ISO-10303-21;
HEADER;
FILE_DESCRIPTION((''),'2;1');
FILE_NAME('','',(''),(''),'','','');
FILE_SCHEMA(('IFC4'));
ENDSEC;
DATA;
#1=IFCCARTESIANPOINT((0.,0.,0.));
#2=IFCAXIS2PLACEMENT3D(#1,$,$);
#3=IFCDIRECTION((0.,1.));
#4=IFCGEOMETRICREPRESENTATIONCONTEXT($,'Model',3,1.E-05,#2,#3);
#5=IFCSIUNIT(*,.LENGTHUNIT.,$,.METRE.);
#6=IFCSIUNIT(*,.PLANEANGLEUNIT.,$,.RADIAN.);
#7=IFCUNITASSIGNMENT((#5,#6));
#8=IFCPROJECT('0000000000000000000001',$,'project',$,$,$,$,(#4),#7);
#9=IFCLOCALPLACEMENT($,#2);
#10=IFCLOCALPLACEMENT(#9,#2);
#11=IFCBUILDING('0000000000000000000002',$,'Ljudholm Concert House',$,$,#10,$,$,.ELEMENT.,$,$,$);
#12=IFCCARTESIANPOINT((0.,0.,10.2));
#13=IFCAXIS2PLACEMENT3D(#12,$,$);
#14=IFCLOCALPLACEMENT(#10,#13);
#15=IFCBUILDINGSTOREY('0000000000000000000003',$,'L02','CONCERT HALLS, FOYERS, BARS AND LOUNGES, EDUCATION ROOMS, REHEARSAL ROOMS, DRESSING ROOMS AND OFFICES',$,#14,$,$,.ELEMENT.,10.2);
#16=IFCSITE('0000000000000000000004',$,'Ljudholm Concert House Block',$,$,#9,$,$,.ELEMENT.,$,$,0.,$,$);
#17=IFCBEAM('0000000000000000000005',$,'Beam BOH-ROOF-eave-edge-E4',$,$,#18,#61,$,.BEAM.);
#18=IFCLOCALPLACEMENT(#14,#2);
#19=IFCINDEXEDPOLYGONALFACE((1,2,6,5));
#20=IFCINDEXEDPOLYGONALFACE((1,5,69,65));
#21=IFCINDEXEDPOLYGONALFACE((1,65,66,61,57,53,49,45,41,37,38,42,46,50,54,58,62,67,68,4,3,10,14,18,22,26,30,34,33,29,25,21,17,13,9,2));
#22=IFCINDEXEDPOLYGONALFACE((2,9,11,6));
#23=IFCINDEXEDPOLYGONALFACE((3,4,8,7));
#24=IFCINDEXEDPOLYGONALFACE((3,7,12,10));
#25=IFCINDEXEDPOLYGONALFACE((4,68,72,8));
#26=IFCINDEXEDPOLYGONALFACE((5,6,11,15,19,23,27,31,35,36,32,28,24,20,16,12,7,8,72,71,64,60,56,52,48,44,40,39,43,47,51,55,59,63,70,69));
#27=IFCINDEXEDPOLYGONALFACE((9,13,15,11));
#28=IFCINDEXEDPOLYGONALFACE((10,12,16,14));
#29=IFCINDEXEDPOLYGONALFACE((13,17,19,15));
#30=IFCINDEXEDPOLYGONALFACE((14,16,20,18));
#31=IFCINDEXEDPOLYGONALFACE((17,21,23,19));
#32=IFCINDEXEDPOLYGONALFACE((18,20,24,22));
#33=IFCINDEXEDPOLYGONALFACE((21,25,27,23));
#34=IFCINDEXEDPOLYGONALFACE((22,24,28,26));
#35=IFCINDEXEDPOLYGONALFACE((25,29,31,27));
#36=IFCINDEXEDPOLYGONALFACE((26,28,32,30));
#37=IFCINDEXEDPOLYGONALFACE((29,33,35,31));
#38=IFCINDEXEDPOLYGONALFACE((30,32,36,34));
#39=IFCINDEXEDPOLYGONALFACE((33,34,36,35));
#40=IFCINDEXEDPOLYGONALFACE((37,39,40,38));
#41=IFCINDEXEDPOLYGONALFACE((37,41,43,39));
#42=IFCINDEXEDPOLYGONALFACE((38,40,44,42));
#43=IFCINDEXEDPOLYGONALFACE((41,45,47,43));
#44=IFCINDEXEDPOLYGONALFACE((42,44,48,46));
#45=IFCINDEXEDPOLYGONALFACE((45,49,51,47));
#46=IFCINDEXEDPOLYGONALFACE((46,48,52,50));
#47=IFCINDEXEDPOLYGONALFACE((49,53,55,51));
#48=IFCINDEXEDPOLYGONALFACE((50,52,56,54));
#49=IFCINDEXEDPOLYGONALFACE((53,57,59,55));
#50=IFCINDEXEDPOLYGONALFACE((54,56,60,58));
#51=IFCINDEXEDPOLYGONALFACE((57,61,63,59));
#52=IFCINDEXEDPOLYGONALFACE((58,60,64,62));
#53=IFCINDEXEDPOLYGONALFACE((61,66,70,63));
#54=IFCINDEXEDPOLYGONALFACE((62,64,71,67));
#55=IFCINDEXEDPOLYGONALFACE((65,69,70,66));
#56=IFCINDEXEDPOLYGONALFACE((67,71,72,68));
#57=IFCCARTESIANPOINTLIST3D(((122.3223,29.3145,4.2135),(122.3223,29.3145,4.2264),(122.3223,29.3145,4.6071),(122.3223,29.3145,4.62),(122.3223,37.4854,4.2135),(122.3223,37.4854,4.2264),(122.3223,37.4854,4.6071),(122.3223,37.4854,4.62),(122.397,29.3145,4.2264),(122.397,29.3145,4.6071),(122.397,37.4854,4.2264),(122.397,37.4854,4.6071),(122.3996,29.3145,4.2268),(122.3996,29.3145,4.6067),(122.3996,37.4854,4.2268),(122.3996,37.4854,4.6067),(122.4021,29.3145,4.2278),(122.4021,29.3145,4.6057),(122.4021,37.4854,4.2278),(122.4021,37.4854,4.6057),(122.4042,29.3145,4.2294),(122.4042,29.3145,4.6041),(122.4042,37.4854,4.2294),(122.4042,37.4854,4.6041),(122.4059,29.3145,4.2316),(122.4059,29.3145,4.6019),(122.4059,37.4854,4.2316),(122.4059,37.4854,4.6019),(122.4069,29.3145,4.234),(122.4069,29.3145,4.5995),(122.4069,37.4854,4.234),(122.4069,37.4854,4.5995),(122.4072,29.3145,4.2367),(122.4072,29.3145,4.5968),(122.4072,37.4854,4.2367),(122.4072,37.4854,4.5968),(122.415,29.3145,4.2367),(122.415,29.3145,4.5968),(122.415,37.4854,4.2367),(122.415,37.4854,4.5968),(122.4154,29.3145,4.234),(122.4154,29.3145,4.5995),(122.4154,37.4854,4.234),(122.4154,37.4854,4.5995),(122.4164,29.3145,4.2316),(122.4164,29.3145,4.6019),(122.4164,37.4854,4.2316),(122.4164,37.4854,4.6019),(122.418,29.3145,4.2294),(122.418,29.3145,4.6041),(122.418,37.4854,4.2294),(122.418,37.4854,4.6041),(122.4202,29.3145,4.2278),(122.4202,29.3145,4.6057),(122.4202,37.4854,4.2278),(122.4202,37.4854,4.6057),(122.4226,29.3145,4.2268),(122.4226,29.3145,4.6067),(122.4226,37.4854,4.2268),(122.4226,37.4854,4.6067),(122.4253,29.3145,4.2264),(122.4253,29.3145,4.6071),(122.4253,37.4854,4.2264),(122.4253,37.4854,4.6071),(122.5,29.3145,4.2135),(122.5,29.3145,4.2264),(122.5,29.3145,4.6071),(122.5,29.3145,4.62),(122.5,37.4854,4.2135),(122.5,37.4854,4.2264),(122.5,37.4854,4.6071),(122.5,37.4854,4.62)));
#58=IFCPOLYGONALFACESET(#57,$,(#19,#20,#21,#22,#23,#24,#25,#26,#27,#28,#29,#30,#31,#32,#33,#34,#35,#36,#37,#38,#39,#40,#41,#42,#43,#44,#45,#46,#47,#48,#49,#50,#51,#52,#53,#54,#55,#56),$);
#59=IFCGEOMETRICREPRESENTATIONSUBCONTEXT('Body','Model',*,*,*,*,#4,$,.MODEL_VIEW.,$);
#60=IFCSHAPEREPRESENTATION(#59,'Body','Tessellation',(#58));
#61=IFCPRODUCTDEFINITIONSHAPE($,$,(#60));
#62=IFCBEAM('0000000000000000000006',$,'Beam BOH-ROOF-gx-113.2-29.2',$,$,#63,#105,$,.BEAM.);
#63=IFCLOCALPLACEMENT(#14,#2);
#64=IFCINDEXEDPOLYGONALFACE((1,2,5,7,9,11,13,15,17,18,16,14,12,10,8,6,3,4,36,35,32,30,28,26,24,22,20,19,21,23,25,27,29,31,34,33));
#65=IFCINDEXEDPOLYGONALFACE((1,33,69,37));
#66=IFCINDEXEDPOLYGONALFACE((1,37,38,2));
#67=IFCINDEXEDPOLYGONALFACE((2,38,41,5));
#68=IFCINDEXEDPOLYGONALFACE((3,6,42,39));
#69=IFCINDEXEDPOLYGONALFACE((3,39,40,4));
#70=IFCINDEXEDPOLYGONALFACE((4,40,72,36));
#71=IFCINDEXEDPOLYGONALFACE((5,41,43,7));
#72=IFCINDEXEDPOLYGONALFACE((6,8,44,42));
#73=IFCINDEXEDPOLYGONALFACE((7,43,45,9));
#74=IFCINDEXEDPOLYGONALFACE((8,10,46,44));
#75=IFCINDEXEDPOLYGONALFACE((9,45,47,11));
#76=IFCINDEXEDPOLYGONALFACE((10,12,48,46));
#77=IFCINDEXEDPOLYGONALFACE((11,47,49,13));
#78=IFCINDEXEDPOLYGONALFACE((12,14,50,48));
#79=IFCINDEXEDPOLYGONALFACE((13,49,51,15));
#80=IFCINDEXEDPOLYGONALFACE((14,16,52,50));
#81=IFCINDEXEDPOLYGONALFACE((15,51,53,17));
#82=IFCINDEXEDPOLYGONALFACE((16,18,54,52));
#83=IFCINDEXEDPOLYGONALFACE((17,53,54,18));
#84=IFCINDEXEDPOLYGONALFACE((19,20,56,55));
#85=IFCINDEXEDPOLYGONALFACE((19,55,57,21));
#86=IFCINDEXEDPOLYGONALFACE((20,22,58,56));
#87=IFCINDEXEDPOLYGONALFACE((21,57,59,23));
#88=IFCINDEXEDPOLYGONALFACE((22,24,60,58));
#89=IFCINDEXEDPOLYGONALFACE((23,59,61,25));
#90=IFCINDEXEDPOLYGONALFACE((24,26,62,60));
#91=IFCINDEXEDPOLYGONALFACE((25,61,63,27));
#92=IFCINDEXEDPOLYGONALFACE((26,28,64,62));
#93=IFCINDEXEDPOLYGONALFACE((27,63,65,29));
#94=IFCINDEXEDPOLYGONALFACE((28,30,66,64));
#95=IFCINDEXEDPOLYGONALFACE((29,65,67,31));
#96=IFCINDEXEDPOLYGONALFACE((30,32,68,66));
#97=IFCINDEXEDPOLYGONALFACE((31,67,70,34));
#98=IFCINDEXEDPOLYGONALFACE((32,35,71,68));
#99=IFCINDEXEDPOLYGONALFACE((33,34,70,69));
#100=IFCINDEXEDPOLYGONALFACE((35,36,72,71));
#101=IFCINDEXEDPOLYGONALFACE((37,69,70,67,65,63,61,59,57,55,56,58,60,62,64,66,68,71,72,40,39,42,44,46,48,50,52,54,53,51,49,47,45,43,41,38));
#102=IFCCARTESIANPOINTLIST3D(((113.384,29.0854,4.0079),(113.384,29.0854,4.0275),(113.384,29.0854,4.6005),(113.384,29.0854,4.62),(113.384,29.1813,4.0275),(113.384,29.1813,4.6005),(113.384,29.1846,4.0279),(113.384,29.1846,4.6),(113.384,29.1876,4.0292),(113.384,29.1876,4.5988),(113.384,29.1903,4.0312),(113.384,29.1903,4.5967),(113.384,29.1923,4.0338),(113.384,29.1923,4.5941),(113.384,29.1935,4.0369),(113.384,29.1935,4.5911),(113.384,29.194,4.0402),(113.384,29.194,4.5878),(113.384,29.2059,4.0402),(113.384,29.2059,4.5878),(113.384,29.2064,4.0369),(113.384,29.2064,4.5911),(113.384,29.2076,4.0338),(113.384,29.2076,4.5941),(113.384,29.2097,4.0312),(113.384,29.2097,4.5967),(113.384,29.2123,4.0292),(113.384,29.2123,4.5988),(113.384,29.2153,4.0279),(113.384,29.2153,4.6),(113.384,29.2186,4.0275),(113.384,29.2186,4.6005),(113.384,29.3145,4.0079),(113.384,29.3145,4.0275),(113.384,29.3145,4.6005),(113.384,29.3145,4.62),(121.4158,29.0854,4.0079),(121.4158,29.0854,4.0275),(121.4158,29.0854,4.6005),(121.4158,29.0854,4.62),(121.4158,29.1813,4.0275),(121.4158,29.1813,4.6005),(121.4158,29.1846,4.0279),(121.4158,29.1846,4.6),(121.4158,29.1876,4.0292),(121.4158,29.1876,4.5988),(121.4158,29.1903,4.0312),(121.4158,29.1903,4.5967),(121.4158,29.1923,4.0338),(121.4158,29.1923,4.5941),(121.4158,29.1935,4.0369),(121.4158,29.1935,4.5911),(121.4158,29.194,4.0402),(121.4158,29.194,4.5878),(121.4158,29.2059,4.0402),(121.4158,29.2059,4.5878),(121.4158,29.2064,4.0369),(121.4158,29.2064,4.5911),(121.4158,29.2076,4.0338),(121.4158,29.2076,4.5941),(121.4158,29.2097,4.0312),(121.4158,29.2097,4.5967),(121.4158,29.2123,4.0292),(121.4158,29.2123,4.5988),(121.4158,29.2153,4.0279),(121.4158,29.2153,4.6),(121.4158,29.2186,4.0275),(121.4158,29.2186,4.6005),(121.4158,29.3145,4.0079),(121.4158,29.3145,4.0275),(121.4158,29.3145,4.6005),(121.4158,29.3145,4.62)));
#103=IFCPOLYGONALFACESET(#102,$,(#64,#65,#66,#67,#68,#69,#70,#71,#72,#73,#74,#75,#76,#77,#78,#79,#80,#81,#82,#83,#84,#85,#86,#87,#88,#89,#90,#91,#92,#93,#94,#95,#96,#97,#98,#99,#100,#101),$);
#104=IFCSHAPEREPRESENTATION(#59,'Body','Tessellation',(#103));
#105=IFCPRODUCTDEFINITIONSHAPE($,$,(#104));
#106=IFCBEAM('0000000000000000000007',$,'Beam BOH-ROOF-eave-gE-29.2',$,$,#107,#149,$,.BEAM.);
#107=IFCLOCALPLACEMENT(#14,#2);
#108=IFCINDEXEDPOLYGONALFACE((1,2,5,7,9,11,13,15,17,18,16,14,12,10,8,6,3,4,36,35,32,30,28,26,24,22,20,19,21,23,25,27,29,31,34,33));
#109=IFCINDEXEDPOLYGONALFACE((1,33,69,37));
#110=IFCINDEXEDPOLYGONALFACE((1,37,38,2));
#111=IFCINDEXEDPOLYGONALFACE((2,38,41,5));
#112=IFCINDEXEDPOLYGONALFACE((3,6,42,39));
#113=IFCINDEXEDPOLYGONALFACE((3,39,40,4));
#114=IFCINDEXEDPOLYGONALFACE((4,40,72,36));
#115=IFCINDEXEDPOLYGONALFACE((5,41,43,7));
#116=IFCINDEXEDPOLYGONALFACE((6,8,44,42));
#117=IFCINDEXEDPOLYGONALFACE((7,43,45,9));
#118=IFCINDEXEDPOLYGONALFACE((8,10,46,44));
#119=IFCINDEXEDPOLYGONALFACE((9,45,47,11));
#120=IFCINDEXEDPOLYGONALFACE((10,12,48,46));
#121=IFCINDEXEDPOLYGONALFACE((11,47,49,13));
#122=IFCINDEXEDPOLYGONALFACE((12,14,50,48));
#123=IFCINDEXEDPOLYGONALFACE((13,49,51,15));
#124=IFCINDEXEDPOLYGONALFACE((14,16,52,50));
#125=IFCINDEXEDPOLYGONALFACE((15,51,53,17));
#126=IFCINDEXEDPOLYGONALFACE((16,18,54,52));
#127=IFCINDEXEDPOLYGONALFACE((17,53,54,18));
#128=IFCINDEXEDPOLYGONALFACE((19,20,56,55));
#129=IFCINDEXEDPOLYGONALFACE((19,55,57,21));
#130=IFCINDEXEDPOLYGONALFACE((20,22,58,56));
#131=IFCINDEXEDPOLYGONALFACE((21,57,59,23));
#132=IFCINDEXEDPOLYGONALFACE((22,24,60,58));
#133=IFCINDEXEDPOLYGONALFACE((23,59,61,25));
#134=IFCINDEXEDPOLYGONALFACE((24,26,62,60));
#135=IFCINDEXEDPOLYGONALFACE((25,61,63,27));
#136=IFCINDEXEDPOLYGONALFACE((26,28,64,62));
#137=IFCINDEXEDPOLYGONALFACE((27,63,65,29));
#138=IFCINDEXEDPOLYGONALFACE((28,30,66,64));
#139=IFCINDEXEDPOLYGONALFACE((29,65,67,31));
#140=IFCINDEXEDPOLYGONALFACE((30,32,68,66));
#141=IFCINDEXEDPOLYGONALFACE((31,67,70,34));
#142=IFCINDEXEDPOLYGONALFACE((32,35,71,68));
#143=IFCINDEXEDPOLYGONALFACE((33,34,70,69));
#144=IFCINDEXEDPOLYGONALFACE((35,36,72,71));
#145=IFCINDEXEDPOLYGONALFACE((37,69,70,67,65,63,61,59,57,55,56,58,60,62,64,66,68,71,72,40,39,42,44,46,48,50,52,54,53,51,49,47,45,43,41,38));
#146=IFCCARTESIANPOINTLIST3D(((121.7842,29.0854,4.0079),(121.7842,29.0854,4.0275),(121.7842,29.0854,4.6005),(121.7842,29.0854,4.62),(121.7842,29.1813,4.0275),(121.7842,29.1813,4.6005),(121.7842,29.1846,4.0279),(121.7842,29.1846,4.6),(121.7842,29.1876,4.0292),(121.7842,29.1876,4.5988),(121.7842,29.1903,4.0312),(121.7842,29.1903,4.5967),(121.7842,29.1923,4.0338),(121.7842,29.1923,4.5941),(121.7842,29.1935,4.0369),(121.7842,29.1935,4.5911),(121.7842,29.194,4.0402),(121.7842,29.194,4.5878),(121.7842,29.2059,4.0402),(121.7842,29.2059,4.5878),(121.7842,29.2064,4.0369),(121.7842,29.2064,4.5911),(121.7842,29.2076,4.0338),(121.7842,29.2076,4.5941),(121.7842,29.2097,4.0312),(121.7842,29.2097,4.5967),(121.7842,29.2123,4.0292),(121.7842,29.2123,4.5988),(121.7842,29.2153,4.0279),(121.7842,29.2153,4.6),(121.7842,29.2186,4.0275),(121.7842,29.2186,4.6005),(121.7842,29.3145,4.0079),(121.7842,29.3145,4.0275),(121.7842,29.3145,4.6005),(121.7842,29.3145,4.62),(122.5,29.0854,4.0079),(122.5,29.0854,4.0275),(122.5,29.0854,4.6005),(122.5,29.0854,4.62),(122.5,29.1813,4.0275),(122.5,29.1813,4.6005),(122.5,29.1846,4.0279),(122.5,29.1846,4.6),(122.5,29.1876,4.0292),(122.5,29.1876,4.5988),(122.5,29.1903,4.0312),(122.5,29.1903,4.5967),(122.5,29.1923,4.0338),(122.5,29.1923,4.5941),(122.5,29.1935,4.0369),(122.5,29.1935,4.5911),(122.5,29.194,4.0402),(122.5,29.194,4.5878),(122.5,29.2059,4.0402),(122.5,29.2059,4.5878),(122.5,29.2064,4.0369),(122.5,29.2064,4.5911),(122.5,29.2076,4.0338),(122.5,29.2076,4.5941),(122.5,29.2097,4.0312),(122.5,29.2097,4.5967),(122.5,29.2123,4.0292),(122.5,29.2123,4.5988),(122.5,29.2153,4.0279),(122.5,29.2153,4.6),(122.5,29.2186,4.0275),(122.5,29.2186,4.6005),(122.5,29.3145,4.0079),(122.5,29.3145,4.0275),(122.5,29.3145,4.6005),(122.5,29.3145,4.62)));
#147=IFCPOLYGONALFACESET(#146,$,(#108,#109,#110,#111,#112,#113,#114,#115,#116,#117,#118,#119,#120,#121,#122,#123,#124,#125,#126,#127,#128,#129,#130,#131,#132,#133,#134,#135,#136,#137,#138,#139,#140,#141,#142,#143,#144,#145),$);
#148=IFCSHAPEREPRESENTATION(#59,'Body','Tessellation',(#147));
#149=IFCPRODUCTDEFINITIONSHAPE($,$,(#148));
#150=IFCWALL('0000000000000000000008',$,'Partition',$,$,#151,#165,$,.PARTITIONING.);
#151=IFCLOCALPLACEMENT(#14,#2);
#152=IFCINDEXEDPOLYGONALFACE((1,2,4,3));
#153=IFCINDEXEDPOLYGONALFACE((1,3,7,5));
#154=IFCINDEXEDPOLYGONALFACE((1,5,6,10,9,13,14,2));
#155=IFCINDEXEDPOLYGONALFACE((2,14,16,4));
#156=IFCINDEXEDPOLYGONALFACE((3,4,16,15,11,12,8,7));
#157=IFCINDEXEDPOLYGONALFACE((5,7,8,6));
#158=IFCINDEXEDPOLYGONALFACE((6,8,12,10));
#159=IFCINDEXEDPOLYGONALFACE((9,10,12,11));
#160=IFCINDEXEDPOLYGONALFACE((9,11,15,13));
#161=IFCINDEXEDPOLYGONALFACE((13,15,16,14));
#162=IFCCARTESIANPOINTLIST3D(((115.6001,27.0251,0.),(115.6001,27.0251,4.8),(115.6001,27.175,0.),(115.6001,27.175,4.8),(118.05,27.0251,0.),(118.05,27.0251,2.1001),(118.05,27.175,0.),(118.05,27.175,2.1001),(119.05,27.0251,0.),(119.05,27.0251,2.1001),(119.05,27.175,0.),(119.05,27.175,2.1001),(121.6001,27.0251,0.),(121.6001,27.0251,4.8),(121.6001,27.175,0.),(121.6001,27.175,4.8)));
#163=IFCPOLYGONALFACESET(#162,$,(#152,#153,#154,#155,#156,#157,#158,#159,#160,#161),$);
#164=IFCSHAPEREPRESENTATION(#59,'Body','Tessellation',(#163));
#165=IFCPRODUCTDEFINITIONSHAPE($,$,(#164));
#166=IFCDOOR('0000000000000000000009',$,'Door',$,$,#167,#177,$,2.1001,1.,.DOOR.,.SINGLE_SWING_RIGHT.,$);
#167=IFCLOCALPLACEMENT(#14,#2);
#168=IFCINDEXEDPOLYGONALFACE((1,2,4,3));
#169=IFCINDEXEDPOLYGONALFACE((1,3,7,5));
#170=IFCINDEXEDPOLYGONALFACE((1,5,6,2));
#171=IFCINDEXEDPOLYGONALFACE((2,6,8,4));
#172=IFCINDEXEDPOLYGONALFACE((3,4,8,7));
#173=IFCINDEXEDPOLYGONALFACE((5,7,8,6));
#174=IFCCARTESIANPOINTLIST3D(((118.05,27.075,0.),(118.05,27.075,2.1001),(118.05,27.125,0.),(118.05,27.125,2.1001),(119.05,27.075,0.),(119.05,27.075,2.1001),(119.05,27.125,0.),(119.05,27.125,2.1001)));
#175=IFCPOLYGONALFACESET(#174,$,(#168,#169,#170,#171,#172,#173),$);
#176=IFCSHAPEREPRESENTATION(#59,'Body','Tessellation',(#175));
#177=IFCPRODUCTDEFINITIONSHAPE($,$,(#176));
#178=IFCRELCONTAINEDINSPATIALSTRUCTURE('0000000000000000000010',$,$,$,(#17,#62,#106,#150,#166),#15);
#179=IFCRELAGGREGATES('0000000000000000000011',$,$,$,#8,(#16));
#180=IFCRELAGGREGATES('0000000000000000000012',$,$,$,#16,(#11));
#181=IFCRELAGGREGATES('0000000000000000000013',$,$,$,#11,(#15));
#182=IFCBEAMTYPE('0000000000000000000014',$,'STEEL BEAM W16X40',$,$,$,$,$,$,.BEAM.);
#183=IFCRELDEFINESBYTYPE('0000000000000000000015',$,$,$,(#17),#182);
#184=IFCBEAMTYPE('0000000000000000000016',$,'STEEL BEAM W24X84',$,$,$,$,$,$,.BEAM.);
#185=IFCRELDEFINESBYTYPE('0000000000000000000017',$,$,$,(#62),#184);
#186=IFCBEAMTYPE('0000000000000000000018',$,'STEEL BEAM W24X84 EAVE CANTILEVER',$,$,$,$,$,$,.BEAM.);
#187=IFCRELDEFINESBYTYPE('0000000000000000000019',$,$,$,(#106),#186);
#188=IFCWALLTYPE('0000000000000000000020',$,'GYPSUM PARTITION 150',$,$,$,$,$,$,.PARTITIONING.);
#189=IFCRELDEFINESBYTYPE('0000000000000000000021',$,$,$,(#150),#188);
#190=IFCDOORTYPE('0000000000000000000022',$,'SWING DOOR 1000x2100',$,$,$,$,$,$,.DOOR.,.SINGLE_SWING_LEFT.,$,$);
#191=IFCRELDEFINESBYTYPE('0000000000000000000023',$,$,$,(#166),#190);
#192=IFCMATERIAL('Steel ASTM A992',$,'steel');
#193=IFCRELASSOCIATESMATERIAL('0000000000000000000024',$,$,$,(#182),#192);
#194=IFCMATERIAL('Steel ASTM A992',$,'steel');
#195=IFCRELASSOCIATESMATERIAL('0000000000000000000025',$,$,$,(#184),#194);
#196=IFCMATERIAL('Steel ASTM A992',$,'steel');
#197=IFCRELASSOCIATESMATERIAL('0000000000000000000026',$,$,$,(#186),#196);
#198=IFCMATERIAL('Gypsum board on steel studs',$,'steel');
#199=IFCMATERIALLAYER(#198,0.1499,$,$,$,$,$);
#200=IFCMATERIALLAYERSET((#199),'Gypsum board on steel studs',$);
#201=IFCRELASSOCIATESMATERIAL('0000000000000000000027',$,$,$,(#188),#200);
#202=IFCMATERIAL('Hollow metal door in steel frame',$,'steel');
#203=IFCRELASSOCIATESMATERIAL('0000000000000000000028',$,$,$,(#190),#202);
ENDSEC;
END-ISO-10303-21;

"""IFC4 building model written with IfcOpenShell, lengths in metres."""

from ifc_helpers import new_model, si_unit, direction, frame, frame_2d, origin, origin_2d, place, context, subcontext, project, spatial, rectangle, i_section, extrude, material, layer, layer_set, material_profile, profile_set, type_object, element, fill, save


model = new_model("IFC4")

# Units and contexts
model_context = context("Model", 3, precision=1e-05, world=origin(), true_north=direction((0.0, 1.0)))
body_context = subcontext(model_context, "Body", "Model", "MODEL_VIEW")
ifc_project = project(units=[si_unit("LENGTHUNIT", "METRE"), si_unit("PLANEANGLEUNIT", "RADIAN")], contexts=[model_context])

# Site, building, storey
site_placement = place(None, origin())
site = spatial("IfcSite", under=ifc_project, at=site_placement, Name="Ljudholm Concert House Block", CompositionType="ELEMENT", RefElevation=0.0)
building_placement = place(site_placement, origin())
building = spatial("IfcBuilding", under=site, at=building_placement, Name="Ljudholm Concert House", CompositionType="ELEMENT")
storey_placement = place(building_placement, frame((0.0, 0.0, 10.2)))
storey = spatial("IfcBuildingStorey", under=building, at=storey_placement, Name="L02", Description="CONCERT HALLS, FOYERS, BARS AND LOUNGES, EDUCATION ROOMS, REHEARSAL ROOMS, DRESSING ROOMS AND OFFICES", CompositionType="ELEMENT", Elevation=10.2)

# Beams
ifc_material_1 = material(Name="Steel ASTM A992", Category="steel")
ifc_material_profile_1 = material_profile(ifc_material_1, i_section(OverallWidth=0.1777, OverallDepth=0.4065, WebThickness=0.0078, FlangeThickness=0.0129, FilletRadius=0.0103, at=origin_2d()), Name="W16X40")
ifc_profile_set_1 = profile_set([ifc_material_profile_1], Name="Steel ASTM A992")
beam_type_1 = type_object("IfcBeamType", Name="STEEL BEAM W16X40", PredefinedType="BEAM", material=ifc_profile_set_1)
for number, where, z_axis, x_axis, name in (
    (1, (122.4111, 29.3145, 4.4167), (0.0, 1.0, 0.0), (-1.0, 0.0, 0.0), "Beam BOH-ROOF-eave-edge-E4"),
):
    element("IfcBeam", number, at=place(storey_placement, frame(where, z_axis=z_axis, x_axis=x_axis)), inside=storey, type_object=beam_type_1, Name=name, PredefinedType="BEAM", context=body_context, shape_type="SweptSolid", body=[
        extrude(i_section(OverallWidth=0.1777, OverallDepth=0.4065, WebThickness=0.0078, FlangeThickness=0.0129, FilletRadius=0.0103, at=origin_2d()), origin(), (0.0, 0.0, 1.0), 8.1709),
    ])
ifc_material_2 = material(Name="Steel ASTM A992", Category="steel")
ifc_material_profile_2 = material_profile(ifc_material_2, i_section(OverallWidth=0.229, OverallDepth=0.6121, WebThickness=0.012, FlangeThickness=0.0195, FilletRadius=0.0127, at=origin_2d()), Name="W24X84")
ifc_profile_set_2 = profile_set([ifc_material_profile_2], Name="Steel ASTM A992")
beam_type_2 = type_object("IfcBeamType", Name="STEEL BEAM W24X84", PredefinedType="BEAM", material=ifc_profile_set_2)
beam_1_placement = place(storey_placement, frame((113.384, 29.2, 4.314), z_axis=(1.0, 0.0, 0.0), x_axis=(0.0, 1.0, 0.0)))
element("IfcBeam", 2, at=beam_1_placement, inside=storey, type_object=beam_type_2, Name="Beam BOH-ROOF-gx-113.2-29.2", PredefinedType="BEAM", context=body_context, shape_type="SweptSolid", body=[
    extrude(i_section(OverallWidth=0.229, OverallDepth=0.6121, WebThickness=0.012, FlangeThickness=0.0195, FilletRadius=0.0127, at=origin_2d()), origin(), (0.0, 0.0, 1.0), 8.0317),
])
ifc_material_3 = material(Name="Steel ASTM A992", Category="steel")
ifc_material_profile_3 = material_profile(ifc_material_3, i_section(OverallWidth=0.229, OverallDepth=0.6121, WebThickness=0.012, FlangeThickness=0.0195, FilletRadius=0.0127, at=origin_2d()), Name="W24X84")
ifc_profile_set_3 = profile_set([ifc_material_profile_3], Name="Steel ASTM A992")
beam_type_3 = type_object("IfcBeamType", Name="STEEL BEAM W24X84 EAVE CANTILEVER", PredefinedType="BEAM", material=ifc_profile_set_3)
beam_2_placement = place(storey_placement, frame((121.7842, 29.2, 4.314), z_axis=(1.0, 0.0, 0.0), x_axis=(0.0, 1.0, 0.0)))
element("IfcBeam", 3, at=beam_2_placement, inside=storey, type_object=beam_type_3, Name="Beam BOH-ROOF-eave-gE-29.2", PredefinedType="BEAM", context=body_context, shape_type="SweptSolid", body=[
    extrude(i_section(OverallWidth=0.229, OverallDepth=0.6121, WebThickness=0.012, FlangeThickness=0.0195, FilletRadius=0.0127, at=origin_2d()), origin(), (0.0, 0.0, 1.0), 0.7158),
])

# Wall, opening, door
ifc_material_4 = material(Name="Gypsum board on steel studs", Category="steel")
ifc_layer_1 = layer(ifc_material_4, 0.1499)
ifc_layer_set_1 = layer_set([ifc_layer_1], Name="Gypsum board on steel studs")
wall_type_1 = type_object("IfcWallType", Name="GYPSUM PARTITION 150", PredefinedType="PARTITIONING", material=ifc_layer_set_1)
wall_1_placement = place(storey_placement, frame((115.6001, 27.1001, 0.0), z_axis=(0.0, 0.0, 1.0), x_axis=(1.0, 0.0, 0.0)))
wall_1 = element("IfcWall", 4, at=wall_1_placement, inside=storey, type_object=wall_type_1, Name="Partition", PredefinedType="PARTITIONING", context=body_context, shape_type="SweptSolid", body=[
    extrude(rectangle(XDim=6.0, YDim=0.1499, at=frame_2d((3.0, 0.0))), origin(), (0.0, 0.0, 1.0), 4.8),
])
opening_1_placement = place(wall_1_placement, frame((2.45, 0.0, 0.0)))
opening_1 = element("IfcOpeningElement", 5, at=opening_1_placement, cuts=wall_1, PredefinedType="OPENING", context=body_context, shape_type="SweptSolid", body=[
    extrude(rectangle(XDim=1.0, YDim=2.1001, at=frame_2d((0.5, 1.05))), frame((0.0, 0.085, 0.0), z_axis=(0.0, -1.0, 0.0), x_axis=(1.0, 0.0, 0.0)), (0.0, 0.0, 1.0), 0.1699),
])
ifc_material_5 = material(Name="Hollow metal door in steel frame", Category="steel")
door_type_1 = type_object("IfcDoorType", Name="SWING DOOR 1000x2100", OperationType="SINGLE_SWING_LEFT", PredefinedType="DOOR", material=ifc_material_5)
door_1_placement = place(opening_1_placement, origin())
door_1 = element("IfcDoor", 6, at=door_1_placement, inside=storey, type_object=door_type_1, Name="Door", OperationType="SINGLE_SWING_RIGHT", OverallHeight=2.1001, OverallWidth=1.0, PredefinedType="DOOR", context=body_context, shape_type="SweptSolid", body=[
    extrude(rectangle(XDim=1.0, YDim=2.1001, at=frame_2d((0.5, 1.05))), frame((0.0, 0.0249, 0.0), z_axis=(0.0, -1.0, 0.0), x_axis=(1.0, 0.0, 0.0)), (0.0, 0.0, 1.0), 0.05),
])
fill(opening_1, door_1)

save(model, "model.ifc")
